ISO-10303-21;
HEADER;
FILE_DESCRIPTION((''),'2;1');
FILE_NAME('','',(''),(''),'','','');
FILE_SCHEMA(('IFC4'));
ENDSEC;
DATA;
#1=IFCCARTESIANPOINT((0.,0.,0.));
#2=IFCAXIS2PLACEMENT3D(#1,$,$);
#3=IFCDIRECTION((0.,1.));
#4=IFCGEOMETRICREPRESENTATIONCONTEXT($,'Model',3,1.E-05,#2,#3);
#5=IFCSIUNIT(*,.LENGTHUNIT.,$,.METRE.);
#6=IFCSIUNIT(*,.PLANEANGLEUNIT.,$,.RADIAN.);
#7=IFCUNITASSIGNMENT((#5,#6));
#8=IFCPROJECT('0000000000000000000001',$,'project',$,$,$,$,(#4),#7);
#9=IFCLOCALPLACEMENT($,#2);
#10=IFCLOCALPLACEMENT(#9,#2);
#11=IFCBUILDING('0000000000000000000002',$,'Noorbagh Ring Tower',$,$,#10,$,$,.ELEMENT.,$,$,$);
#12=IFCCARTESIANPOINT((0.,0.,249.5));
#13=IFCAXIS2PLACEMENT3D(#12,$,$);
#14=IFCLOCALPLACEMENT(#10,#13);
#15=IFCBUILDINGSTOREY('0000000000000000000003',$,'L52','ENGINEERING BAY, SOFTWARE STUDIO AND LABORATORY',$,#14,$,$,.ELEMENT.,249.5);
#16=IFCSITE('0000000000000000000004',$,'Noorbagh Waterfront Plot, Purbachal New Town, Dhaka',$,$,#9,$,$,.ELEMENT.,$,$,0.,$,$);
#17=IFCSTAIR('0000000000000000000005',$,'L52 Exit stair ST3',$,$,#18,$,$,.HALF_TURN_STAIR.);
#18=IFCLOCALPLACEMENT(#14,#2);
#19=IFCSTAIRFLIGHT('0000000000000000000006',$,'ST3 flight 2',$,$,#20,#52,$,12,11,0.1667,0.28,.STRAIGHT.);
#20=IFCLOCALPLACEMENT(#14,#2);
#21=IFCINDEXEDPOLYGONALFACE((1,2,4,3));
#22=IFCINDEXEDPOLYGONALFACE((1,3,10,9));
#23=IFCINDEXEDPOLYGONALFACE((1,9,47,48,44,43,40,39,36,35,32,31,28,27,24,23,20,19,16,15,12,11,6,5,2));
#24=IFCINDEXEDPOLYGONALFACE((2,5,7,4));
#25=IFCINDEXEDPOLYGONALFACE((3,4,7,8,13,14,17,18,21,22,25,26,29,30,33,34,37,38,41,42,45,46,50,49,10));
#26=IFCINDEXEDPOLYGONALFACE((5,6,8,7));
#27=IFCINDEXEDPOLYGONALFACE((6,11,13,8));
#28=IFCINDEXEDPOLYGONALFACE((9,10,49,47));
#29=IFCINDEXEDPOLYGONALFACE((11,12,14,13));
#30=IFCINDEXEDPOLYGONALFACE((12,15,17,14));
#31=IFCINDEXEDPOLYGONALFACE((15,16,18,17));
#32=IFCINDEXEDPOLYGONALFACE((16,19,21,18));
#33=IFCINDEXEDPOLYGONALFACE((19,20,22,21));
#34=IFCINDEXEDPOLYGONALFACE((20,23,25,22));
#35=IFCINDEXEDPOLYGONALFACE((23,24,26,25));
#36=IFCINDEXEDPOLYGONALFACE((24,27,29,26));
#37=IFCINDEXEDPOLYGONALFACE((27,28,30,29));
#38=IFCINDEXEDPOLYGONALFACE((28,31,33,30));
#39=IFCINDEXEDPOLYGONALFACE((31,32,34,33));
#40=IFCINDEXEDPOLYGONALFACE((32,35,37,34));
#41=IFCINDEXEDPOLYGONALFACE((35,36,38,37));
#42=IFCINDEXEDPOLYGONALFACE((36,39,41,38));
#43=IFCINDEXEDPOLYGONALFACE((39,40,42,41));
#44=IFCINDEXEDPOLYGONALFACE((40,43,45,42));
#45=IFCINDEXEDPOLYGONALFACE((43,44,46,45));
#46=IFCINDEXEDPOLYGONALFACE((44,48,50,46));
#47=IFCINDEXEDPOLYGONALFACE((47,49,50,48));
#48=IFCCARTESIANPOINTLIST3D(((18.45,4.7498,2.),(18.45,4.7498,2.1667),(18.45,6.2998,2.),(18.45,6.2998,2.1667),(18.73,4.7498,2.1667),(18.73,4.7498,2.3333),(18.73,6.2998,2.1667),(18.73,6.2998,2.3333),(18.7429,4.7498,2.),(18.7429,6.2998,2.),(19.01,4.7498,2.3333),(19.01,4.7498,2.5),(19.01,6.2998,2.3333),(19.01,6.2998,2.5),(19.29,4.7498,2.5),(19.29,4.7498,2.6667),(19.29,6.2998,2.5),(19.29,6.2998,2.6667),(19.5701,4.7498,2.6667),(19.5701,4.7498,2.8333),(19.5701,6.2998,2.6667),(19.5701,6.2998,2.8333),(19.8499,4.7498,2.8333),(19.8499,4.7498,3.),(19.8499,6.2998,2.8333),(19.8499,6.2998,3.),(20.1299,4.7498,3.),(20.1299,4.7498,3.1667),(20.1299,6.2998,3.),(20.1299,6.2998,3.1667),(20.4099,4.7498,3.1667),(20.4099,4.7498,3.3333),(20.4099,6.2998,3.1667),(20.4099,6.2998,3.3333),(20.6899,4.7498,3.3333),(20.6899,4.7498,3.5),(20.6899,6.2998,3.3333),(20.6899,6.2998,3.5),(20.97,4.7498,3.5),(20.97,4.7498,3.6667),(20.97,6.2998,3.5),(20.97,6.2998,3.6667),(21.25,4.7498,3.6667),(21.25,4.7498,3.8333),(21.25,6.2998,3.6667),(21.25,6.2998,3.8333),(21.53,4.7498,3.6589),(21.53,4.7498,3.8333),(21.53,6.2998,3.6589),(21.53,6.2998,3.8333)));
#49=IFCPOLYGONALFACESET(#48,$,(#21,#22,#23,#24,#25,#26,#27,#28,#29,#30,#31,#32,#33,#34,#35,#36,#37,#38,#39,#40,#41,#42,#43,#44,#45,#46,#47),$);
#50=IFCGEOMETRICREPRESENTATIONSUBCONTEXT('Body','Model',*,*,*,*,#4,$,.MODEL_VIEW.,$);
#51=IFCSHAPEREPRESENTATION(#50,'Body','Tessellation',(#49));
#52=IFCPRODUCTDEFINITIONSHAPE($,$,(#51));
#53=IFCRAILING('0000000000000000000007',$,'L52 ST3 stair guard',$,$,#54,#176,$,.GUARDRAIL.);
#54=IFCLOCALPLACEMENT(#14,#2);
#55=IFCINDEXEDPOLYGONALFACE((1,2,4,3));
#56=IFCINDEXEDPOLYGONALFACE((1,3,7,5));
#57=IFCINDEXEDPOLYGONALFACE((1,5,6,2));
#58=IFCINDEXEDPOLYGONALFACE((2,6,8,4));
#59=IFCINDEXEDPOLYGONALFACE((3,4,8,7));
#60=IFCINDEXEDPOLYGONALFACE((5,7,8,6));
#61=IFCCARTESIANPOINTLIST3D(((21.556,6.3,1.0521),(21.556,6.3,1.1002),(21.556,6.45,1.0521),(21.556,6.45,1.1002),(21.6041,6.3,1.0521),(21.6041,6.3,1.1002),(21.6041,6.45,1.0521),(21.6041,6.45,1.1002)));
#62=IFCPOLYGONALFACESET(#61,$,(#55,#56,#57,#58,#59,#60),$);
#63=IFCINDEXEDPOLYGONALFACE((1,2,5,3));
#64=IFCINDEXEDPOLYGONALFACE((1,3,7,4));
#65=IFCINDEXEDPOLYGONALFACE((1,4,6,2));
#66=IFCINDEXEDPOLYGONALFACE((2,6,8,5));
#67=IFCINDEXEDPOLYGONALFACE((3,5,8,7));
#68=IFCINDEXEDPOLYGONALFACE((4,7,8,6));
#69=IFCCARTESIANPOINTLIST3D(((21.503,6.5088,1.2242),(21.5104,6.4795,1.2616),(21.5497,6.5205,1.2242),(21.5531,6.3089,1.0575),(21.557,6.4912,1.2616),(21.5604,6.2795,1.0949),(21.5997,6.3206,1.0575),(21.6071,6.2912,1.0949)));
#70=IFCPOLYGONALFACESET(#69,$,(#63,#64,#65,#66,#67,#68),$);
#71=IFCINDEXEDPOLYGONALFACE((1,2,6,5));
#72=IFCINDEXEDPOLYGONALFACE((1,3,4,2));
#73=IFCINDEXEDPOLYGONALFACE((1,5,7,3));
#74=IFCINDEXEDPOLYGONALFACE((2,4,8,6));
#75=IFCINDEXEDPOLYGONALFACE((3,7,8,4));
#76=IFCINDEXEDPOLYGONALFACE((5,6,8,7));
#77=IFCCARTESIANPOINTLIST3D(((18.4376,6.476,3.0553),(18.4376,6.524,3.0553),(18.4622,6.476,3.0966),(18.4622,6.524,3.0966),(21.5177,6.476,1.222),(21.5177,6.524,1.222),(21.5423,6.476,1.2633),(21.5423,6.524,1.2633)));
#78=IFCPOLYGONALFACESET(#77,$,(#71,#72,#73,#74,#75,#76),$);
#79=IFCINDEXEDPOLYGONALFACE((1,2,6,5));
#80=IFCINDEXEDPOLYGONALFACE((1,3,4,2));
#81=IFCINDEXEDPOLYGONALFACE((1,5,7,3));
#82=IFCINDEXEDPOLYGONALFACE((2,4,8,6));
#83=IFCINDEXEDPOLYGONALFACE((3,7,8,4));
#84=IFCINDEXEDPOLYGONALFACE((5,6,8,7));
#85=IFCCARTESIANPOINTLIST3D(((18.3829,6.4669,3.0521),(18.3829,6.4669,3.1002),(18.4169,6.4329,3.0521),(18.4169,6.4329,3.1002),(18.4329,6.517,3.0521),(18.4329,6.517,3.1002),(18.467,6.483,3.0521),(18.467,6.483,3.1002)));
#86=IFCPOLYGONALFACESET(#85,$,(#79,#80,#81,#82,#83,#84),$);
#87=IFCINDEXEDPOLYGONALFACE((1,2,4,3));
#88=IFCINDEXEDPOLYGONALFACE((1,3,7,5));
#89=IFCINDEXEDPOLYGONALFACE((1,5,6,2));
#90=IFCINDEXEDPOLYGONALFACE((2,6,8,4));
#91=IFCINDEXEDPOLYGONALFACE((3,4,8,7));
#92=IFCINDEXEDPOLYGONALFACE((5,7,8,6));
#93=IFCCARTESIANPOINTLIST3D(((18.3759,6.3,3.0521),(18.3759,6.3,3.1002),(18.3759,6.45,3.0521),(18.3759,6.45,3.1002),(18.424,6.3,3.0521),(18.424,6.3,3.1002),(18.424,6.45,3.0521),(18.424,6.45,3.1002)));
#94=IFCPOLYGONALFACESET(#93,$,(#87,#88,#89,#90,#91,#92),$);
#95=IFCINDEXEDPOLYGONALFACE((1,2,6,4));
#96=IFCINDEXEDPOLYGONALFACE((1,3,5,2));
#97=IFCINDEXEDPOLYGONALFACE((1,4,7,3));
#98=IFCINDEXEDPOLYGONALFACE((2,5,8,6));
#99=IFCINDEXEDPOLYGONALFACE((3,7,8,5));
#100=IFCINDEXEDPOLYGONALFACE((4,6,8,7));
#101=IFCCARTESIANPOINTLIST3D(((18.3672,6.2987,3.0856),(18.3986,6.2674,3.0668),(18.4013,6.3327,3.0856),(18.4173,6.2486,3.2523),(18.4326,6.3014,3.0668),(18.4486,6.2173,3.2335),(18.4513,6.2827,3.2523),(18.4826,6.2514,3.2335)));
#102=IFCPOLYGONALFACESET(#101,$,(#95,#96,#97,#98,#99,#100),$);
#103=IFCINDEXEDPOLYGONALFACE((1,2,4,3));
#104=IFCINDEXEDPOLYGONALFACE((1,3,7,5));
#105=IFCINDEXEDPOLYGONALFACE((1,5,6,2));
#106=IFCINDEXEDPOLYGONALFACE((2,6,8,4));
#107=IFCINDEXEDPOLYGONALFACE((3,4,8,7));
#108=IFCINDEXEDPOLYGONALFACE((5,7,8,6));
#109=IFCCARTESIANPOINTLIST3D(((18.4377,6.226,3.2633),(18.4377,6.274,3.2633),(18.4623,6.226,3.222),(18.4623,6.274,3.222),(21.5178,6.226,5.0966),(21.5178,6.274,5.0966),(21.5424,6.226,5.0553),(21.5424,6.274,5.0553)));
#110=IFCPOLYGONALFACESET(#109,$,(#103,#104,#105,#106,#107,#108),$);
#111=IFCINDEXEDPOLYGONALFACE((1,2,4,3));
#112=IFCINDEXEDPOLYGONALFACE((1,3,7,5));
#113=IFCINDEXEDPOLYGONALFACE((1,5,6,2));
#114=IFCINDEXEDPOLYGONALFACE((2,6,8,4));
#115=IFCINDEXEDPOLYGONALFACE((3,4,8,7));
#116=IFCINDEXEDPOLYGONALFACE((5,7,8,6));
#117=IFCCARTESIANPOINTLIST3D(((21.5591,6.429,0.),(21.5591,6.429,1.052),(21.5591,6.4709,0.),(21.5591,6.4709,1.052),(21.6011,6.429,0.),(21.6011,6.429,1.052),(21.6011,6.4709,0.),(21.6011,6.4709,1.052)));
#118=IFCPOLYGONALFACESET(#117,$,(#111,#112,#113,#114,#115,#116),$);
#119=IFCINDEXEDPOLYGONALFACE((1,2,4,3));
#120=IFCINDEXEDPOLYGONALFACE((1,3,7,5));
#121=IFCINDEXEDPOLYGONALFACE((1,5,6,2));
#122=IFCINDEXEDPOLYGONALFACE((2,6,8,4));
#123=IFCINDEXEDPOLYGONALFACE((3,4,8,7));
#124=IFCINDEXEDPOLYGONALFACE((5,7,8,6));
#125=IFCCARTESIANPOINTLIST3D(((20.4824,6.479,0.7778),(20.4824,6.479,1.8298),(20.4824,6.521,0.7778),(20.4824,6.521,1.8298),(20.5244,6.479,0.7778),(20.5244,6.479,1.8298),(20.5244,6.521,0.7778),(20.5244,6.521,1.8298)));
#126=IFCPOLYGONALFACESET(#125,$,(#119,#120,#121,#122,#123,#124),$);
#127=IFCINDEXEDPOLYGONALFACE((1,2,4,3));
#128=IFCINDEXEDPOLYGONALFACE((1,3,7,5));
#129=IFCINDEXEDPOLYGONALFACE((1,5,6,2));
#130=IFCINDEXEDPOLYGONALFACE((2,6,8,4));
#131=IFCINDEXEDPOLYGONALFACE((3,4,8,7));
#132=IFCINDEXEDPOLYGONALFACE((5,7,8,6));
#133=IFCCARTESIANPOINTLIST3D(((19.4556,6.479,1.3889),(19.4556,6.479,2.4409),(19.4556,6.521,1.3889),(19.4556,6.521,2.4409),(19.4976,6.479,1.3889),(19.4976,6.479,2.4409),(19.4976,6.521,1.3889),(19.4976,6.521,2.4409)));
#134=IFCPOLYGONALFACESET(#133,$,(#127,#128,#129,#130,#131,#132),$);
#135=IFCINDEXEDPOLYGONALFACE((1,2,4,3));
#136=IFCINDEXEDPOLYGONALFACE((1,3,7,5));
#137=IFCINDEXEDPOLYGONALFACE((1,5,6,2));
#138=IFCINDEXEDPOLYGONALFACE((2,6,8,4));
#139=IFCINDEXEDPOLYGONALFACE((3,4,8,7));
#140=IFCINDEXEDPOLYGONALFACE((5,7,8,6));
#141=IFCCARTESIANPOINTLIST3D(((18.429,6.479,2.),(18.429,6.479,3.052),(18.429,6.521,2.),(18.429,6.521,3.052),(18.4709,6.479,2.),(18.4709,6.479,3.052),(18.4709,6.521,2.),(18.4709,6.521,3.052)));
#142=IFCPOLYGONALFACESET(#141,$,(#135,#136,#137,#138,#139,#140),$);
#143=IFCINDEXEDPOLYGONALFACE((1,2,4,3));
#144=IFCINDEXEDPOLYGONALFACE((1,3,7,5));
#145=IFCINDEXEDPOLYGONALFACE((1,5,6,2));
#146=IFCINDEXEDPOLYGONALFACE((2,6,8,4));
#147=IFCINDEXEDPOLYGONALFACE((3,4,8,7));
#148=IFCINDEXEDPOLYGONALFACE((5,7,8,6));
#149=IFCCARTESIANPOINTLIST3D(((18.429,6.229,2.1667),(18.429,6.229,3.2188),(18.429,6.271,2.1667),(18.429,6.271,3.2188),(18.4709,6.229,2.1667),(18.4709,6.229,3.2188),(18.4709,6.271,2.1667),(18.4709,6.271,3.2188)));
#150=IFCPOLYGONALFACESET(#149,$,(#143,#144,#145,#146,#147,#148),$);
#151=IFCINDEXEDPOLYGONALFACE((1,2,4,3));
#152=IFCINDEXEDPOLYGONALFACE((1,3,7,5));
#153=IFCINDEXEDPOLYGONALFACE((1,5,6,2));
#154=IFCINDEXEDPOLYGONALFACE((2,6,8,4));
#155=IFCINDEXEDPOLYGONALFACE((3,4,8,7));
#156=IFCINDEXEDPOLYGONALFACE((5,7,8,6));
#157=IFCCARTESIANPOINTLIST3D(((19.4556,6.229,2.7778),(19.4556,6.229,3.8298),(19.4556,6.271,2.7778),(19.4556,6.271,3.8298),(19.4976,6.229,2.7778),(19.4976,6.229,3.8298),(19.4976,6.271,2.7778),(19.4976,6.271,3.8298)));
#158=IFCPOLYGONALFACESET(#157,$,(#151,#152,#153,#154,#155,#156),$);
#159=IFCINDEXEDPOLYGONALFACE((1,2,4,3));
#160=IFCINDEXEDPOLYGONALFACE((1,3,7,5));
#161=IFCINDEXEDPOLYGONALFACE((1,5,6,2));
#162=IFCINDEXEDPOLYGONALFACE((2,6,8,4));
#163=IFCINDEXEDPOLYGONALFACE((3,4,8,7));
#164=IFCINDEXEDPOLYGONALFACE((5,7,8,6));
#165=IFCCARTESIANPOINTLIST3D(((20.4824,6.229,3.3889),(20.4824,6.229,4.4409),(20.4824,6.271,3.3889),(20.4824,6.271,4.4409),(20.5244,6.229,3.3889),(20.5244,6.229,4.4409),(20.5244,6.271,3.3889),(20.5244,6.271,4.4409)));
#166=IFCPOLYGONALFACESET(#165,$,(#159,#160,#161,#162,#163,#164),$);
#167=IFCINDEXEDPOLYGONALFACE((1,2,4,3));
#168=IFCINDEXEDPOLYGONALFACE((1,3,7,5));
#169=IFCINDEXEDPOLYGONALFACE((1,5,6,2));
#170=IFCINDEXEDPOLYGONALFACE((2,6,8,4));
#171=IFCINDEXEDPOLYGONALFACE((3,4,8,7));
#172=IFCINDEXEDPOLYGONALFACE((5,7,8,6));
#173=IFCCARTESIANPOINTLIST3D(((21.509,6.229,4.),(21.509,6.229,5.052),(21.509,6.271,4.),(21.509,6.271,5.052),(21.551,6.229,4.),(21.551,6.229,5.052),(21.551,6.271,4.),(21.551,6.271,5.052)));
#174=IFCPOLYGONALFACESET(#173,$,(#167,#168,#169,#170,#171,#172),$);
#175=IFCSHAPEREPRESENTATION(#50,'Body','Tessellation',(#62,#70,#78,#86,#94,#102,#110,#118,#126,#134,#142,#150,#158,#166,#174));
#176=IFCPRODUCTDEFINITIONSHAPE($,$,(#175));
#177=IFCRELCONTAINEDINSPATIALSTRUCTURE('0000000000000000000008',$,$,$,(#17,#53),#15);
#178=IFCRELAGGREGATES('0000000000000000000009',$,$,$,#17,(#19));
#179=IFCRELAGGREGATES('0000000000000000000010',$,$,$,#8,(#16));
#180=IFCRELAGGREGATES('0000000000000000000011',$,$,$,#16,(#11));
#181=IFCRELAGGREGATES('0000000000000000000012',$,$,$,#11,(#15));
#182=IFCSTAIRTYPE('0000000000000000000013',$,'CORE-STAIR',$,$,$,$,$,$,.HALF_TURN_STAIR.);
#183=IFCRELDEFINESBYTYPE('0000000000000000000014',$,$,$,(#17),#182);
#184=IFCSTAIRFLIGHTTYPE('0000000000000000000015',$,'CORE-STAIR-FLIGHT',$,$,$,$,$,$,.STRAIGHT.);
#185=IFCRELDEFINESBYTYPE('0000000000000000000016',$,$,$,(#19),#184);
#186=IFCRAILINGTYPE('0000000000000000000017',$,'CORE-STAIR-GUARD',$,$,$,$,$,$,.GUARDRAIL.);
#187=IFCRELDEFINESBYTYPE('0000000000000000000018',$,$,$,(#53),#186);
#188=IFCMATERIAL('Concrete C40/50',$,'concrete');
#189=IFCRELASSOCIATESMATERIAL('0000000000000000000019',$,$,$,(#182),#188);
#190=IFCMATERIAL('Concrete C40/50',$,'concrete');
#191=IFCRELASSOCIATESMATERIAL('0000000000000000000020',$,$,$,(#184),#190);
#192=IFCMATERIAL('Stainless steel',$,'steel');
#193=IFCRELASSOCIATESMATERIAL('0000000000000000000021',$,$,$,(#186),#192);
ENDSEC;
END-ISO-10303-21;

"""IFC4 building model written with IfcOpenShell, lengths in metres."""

from ifc_helpers import new_model, si_unit, direction, frame, origin, origin_2d, place, context, subcontext, project, spatial, polyline, rectangle, outline, extrude, material, type_object, element, aggregate, save


model = new_model("IFC4")

# Units and contexts
model_context = context("Model", 3, precision=1e-05, world=origin(), true_north=direction((0.0, 1.0)))
body_context = subcontext(model_context, "Body", "Model", "MODEL_VIEW")
ifc_project = project(units=[si_unit("LENGTHUNIT", "METRE"), si_unit("PLANEANGLEUNIT", "RADIAN")], contexts=[model_context])

# Site, building, storey
site_placement = place(None, origin())
site = spatial("IfcSite", under=ifc_project, at=site_placement, Name="Noorbagh Waterfront Plot, Purbachal New Town, Dhaka", CompositionType="ELEMENT", RefElevation=0.0)
building_placement = place(site_placement, origin())
building = spatial("IfcBuilding", under=site, at=building_placement, Name="Noorbagh Ring Tower", CompositionType="ELEMENT")
storey_placement = place(building_placement, frame((0.0, 0.0, 249.5)))
storey = spatial("IfcBuildingStorey", under=building, at=storey_placement, Name="L52", Description="ENGINEERING BAY, SOFTWARE STUDIO AND LABORATORY", CompositionType="ELEMENT", Elevation=249.5)

# Stair, stair flight
ifc_material_1 = material(Name="Concrete C40/50", Category="concrete")
stair_type = type_object("IfcStairType", Name="CORE-STAIR", PredefinedType="HALF_TURN_STAIR", material=ifc_material_1)
stair_placement = place(storey_placement, origin())
stair = element("IfcStair", 1, at=stair_placement, inside=storey, type_object=stair_type, Name="L52 Exit stair ST3", PredefinedType="HALF_TURN_STAIR")
ifc_material_2 = material(Name="Concrete C40/50", Category="concrete")
stair_flight_type = type_object("IfcStairFlightType", Name="CORE-STAIR-FLIGHT", PredefinedType="STRAIGHT", material=ifc_material_2)
stair_flight_1_placement = place(storey_placement, frame((18.45, 5.5249, 2.0), z_axis=(0.0, 0.0, 1.0), x_axis=(1.0, 0.0, 0.0)))
stair_flight_1 = element("IfcStairFlight", 2, at=stair_flight_1_placement, type_object=stair_flight_type, Name="ST3 flight 2", NumberOfRisers=12, NumberOfTreads=11, PredefinedType="STRAIGHT", RiserHeight=0.1667, TreadLength=0.28, context=body_context, shape_type="SweptSolid", body=[
    extrude(outline(polyline([(0.0, 0.0), (0.0, 0.1667), (0.28, 0.1667), (0.28, 0.3333), (0.5601, 0.3333), (0.5601, 0.5), (0.8401, 0.5), (0.8401, 0.6667), (1.1201, 0.6667), (1.1201, 0.8333), (1.3999, 0.8333), (1.3999, 1.0), (1.6799, 1.0), (1.6799, 1.1667), (1.96, 1.1667), (1.96, 1.3333), (2.24, 1.3333), (2.24, 1.5), (2.52, 1.5), (2.52, 1.6667), (2.8, 1.6667), (2.8, 1.8333), (3.0801, 1.8333), (3.0801, 2.0), (3.0801, 1.6589), (0.293, 0.0), (0.0, 0.0)])), frame((0.0, 0.7749, 0.0), z_axis=(0.0, -1.0, 0.0), x_axis=(1.0, 0.0, 0.0)), (0.0, 0.0, 1.0), 1.55),
])
aggregate(stair, [stair_flight_1])

# Railing
ifc_material_3 = material(Name="Stainless steel", Category="steel")
railing_type_1 = type_object("IfcRailingType", Name="CORE-STAIR-GUARD", PredefinedType="GUARDRAIL", material=ifc_material_3)
railing_1_placement = place(storey_placement, frame((21.5801, 6.45, 0.0)))
element("IfcRailing", 3, at=railing_1_placement, inside=storey, type_object=railing_type_1, Name="L52 ST3 stair guard", PredefinedType="GUARDRAIL", context=body_context, shape_type="SweptSolid", body=[
    extrude(rectangle(XDim=0.0481, YDim=0.0481, at=origin_2d()), frame((0.0, 0.0, 1.0762), z_axis=(0.0, -1.0, 0.0), x_axis=(1.0, 0.0, 0.0)), (0.0, 0.0, 1.0), 0.1499),
    extrude(rectangle(XDim=0.0481, YDim=0.0481, at=origin_2d()), frame((0.0, -0.1499, 1.0762), z_axis=(-0.188776, 0.754182, 0.628946), x_axis=(-0.970073, -0.242814, 0.0)), (0.0, 0.0, 1.0), 0.2651),
    extrude(rectangle(XDim=0.0481, YDim=0.0481, at=origin_2d()), frame((-0.05, 0.05, 1.2427), z_axis=(-0.859309, 0.0, 0.511458), x_axis=(0.0, -1.0, 0.0)), (0.0, 0.0, 1.0), 3.5845),
    extrude(rectangle(XDim=0.0481, YDim=0.0481, at=origin_2d()), frame((-3.1301, 0.05, 3.0762), z_axis=(-0.707107, -0.707107, 0.0), x_axis=(0.707107, -0.707107, 0.0)), (0.0, 0.0, 1.0), 0.0708),
    extrude(rectangle(XDim=0.0481, YDim=0.0481, at=origin_2d()), frame((-3.1802, 0.0, 3.0762), z_axis=(0.0, -1.0, 0.0), x_axis=(1.0, 0.0, 0.0)), (0.0, 0.0, 1.0), 0.1499),
    extrude(rectangle(XDim=0.0481, YDim=0.0481, at=origin_2d()), frame((-3.1802, -0.1499, 3.0762), z_axis=(0.276287, -0.276287, 0.920506), x_axis=(0.707107, 0.707107, 0.0)), (0.0, 0.0, 1.0), 0.1812),
    extrude(rectangle(XDim=0.0481, YDim=0.0481, at=origin_2d()), frame((-3.1301, -0.2, 3.2427), z_axis=(0.859309, 0.0, 0.511458), x_axis=(0.0, 1.0, 0.0)), (0.0, 0.0, 1.0), 3.5845),
    extrude(rectangle(XDim=0.042, YDim=0.042, at=origin_2d()), origin(), (0.0, 0.0, 1.0), 1.052),
    extrude(rectangle(XDim=0.042, YDim=0.042, at=origin_2d()), frame((-1.0767, 0.05, 0.7778)), (0.0, 0.0, 1.0), 1.052),
    extrude(rectangle(XDim=0.042, YDim=0.042, at=origin_2d()), frame((-2.1035, 0.05, 1.3889)), (0.0, 0.0, 1.0), 1.052),
    extrude(rectangle(XDim=0.042, YDim=0.042, at=origin_2d()), frame((-3.1301, 0.05, 2.0)), (0.0, 0.0, 1.0), 1.052),
    extrude(rectangle(XDim=0.042, YDim=0.042, at=origin_2d()), frame((-3.1301, -0.2, 2.1667)), (0.0, 0.0, 1.0), 1.052),
    extrude(rectangle(XDim=0.042, YDim=0.042, at=origin_2d()), frame((-2.1035, -0.2, 2.7778)), (0.0, 0.0, 1.0), 1.052),
    extrude(rectangle(XDim=0.042, YDim=0.042, at=origin_2d()), frame((-1.0767, -0.2, 3.3889)), (0.0, 0.0, 1.0), 1.052),
    extrude(rectangle(XDim=0.042, YDim=0.042, at=origin_2d()), frame((-0.05, -0.2, 4.0)), (0.0, 0.0, 1.0), 1.052),
])

save(model, "model.ifc")
